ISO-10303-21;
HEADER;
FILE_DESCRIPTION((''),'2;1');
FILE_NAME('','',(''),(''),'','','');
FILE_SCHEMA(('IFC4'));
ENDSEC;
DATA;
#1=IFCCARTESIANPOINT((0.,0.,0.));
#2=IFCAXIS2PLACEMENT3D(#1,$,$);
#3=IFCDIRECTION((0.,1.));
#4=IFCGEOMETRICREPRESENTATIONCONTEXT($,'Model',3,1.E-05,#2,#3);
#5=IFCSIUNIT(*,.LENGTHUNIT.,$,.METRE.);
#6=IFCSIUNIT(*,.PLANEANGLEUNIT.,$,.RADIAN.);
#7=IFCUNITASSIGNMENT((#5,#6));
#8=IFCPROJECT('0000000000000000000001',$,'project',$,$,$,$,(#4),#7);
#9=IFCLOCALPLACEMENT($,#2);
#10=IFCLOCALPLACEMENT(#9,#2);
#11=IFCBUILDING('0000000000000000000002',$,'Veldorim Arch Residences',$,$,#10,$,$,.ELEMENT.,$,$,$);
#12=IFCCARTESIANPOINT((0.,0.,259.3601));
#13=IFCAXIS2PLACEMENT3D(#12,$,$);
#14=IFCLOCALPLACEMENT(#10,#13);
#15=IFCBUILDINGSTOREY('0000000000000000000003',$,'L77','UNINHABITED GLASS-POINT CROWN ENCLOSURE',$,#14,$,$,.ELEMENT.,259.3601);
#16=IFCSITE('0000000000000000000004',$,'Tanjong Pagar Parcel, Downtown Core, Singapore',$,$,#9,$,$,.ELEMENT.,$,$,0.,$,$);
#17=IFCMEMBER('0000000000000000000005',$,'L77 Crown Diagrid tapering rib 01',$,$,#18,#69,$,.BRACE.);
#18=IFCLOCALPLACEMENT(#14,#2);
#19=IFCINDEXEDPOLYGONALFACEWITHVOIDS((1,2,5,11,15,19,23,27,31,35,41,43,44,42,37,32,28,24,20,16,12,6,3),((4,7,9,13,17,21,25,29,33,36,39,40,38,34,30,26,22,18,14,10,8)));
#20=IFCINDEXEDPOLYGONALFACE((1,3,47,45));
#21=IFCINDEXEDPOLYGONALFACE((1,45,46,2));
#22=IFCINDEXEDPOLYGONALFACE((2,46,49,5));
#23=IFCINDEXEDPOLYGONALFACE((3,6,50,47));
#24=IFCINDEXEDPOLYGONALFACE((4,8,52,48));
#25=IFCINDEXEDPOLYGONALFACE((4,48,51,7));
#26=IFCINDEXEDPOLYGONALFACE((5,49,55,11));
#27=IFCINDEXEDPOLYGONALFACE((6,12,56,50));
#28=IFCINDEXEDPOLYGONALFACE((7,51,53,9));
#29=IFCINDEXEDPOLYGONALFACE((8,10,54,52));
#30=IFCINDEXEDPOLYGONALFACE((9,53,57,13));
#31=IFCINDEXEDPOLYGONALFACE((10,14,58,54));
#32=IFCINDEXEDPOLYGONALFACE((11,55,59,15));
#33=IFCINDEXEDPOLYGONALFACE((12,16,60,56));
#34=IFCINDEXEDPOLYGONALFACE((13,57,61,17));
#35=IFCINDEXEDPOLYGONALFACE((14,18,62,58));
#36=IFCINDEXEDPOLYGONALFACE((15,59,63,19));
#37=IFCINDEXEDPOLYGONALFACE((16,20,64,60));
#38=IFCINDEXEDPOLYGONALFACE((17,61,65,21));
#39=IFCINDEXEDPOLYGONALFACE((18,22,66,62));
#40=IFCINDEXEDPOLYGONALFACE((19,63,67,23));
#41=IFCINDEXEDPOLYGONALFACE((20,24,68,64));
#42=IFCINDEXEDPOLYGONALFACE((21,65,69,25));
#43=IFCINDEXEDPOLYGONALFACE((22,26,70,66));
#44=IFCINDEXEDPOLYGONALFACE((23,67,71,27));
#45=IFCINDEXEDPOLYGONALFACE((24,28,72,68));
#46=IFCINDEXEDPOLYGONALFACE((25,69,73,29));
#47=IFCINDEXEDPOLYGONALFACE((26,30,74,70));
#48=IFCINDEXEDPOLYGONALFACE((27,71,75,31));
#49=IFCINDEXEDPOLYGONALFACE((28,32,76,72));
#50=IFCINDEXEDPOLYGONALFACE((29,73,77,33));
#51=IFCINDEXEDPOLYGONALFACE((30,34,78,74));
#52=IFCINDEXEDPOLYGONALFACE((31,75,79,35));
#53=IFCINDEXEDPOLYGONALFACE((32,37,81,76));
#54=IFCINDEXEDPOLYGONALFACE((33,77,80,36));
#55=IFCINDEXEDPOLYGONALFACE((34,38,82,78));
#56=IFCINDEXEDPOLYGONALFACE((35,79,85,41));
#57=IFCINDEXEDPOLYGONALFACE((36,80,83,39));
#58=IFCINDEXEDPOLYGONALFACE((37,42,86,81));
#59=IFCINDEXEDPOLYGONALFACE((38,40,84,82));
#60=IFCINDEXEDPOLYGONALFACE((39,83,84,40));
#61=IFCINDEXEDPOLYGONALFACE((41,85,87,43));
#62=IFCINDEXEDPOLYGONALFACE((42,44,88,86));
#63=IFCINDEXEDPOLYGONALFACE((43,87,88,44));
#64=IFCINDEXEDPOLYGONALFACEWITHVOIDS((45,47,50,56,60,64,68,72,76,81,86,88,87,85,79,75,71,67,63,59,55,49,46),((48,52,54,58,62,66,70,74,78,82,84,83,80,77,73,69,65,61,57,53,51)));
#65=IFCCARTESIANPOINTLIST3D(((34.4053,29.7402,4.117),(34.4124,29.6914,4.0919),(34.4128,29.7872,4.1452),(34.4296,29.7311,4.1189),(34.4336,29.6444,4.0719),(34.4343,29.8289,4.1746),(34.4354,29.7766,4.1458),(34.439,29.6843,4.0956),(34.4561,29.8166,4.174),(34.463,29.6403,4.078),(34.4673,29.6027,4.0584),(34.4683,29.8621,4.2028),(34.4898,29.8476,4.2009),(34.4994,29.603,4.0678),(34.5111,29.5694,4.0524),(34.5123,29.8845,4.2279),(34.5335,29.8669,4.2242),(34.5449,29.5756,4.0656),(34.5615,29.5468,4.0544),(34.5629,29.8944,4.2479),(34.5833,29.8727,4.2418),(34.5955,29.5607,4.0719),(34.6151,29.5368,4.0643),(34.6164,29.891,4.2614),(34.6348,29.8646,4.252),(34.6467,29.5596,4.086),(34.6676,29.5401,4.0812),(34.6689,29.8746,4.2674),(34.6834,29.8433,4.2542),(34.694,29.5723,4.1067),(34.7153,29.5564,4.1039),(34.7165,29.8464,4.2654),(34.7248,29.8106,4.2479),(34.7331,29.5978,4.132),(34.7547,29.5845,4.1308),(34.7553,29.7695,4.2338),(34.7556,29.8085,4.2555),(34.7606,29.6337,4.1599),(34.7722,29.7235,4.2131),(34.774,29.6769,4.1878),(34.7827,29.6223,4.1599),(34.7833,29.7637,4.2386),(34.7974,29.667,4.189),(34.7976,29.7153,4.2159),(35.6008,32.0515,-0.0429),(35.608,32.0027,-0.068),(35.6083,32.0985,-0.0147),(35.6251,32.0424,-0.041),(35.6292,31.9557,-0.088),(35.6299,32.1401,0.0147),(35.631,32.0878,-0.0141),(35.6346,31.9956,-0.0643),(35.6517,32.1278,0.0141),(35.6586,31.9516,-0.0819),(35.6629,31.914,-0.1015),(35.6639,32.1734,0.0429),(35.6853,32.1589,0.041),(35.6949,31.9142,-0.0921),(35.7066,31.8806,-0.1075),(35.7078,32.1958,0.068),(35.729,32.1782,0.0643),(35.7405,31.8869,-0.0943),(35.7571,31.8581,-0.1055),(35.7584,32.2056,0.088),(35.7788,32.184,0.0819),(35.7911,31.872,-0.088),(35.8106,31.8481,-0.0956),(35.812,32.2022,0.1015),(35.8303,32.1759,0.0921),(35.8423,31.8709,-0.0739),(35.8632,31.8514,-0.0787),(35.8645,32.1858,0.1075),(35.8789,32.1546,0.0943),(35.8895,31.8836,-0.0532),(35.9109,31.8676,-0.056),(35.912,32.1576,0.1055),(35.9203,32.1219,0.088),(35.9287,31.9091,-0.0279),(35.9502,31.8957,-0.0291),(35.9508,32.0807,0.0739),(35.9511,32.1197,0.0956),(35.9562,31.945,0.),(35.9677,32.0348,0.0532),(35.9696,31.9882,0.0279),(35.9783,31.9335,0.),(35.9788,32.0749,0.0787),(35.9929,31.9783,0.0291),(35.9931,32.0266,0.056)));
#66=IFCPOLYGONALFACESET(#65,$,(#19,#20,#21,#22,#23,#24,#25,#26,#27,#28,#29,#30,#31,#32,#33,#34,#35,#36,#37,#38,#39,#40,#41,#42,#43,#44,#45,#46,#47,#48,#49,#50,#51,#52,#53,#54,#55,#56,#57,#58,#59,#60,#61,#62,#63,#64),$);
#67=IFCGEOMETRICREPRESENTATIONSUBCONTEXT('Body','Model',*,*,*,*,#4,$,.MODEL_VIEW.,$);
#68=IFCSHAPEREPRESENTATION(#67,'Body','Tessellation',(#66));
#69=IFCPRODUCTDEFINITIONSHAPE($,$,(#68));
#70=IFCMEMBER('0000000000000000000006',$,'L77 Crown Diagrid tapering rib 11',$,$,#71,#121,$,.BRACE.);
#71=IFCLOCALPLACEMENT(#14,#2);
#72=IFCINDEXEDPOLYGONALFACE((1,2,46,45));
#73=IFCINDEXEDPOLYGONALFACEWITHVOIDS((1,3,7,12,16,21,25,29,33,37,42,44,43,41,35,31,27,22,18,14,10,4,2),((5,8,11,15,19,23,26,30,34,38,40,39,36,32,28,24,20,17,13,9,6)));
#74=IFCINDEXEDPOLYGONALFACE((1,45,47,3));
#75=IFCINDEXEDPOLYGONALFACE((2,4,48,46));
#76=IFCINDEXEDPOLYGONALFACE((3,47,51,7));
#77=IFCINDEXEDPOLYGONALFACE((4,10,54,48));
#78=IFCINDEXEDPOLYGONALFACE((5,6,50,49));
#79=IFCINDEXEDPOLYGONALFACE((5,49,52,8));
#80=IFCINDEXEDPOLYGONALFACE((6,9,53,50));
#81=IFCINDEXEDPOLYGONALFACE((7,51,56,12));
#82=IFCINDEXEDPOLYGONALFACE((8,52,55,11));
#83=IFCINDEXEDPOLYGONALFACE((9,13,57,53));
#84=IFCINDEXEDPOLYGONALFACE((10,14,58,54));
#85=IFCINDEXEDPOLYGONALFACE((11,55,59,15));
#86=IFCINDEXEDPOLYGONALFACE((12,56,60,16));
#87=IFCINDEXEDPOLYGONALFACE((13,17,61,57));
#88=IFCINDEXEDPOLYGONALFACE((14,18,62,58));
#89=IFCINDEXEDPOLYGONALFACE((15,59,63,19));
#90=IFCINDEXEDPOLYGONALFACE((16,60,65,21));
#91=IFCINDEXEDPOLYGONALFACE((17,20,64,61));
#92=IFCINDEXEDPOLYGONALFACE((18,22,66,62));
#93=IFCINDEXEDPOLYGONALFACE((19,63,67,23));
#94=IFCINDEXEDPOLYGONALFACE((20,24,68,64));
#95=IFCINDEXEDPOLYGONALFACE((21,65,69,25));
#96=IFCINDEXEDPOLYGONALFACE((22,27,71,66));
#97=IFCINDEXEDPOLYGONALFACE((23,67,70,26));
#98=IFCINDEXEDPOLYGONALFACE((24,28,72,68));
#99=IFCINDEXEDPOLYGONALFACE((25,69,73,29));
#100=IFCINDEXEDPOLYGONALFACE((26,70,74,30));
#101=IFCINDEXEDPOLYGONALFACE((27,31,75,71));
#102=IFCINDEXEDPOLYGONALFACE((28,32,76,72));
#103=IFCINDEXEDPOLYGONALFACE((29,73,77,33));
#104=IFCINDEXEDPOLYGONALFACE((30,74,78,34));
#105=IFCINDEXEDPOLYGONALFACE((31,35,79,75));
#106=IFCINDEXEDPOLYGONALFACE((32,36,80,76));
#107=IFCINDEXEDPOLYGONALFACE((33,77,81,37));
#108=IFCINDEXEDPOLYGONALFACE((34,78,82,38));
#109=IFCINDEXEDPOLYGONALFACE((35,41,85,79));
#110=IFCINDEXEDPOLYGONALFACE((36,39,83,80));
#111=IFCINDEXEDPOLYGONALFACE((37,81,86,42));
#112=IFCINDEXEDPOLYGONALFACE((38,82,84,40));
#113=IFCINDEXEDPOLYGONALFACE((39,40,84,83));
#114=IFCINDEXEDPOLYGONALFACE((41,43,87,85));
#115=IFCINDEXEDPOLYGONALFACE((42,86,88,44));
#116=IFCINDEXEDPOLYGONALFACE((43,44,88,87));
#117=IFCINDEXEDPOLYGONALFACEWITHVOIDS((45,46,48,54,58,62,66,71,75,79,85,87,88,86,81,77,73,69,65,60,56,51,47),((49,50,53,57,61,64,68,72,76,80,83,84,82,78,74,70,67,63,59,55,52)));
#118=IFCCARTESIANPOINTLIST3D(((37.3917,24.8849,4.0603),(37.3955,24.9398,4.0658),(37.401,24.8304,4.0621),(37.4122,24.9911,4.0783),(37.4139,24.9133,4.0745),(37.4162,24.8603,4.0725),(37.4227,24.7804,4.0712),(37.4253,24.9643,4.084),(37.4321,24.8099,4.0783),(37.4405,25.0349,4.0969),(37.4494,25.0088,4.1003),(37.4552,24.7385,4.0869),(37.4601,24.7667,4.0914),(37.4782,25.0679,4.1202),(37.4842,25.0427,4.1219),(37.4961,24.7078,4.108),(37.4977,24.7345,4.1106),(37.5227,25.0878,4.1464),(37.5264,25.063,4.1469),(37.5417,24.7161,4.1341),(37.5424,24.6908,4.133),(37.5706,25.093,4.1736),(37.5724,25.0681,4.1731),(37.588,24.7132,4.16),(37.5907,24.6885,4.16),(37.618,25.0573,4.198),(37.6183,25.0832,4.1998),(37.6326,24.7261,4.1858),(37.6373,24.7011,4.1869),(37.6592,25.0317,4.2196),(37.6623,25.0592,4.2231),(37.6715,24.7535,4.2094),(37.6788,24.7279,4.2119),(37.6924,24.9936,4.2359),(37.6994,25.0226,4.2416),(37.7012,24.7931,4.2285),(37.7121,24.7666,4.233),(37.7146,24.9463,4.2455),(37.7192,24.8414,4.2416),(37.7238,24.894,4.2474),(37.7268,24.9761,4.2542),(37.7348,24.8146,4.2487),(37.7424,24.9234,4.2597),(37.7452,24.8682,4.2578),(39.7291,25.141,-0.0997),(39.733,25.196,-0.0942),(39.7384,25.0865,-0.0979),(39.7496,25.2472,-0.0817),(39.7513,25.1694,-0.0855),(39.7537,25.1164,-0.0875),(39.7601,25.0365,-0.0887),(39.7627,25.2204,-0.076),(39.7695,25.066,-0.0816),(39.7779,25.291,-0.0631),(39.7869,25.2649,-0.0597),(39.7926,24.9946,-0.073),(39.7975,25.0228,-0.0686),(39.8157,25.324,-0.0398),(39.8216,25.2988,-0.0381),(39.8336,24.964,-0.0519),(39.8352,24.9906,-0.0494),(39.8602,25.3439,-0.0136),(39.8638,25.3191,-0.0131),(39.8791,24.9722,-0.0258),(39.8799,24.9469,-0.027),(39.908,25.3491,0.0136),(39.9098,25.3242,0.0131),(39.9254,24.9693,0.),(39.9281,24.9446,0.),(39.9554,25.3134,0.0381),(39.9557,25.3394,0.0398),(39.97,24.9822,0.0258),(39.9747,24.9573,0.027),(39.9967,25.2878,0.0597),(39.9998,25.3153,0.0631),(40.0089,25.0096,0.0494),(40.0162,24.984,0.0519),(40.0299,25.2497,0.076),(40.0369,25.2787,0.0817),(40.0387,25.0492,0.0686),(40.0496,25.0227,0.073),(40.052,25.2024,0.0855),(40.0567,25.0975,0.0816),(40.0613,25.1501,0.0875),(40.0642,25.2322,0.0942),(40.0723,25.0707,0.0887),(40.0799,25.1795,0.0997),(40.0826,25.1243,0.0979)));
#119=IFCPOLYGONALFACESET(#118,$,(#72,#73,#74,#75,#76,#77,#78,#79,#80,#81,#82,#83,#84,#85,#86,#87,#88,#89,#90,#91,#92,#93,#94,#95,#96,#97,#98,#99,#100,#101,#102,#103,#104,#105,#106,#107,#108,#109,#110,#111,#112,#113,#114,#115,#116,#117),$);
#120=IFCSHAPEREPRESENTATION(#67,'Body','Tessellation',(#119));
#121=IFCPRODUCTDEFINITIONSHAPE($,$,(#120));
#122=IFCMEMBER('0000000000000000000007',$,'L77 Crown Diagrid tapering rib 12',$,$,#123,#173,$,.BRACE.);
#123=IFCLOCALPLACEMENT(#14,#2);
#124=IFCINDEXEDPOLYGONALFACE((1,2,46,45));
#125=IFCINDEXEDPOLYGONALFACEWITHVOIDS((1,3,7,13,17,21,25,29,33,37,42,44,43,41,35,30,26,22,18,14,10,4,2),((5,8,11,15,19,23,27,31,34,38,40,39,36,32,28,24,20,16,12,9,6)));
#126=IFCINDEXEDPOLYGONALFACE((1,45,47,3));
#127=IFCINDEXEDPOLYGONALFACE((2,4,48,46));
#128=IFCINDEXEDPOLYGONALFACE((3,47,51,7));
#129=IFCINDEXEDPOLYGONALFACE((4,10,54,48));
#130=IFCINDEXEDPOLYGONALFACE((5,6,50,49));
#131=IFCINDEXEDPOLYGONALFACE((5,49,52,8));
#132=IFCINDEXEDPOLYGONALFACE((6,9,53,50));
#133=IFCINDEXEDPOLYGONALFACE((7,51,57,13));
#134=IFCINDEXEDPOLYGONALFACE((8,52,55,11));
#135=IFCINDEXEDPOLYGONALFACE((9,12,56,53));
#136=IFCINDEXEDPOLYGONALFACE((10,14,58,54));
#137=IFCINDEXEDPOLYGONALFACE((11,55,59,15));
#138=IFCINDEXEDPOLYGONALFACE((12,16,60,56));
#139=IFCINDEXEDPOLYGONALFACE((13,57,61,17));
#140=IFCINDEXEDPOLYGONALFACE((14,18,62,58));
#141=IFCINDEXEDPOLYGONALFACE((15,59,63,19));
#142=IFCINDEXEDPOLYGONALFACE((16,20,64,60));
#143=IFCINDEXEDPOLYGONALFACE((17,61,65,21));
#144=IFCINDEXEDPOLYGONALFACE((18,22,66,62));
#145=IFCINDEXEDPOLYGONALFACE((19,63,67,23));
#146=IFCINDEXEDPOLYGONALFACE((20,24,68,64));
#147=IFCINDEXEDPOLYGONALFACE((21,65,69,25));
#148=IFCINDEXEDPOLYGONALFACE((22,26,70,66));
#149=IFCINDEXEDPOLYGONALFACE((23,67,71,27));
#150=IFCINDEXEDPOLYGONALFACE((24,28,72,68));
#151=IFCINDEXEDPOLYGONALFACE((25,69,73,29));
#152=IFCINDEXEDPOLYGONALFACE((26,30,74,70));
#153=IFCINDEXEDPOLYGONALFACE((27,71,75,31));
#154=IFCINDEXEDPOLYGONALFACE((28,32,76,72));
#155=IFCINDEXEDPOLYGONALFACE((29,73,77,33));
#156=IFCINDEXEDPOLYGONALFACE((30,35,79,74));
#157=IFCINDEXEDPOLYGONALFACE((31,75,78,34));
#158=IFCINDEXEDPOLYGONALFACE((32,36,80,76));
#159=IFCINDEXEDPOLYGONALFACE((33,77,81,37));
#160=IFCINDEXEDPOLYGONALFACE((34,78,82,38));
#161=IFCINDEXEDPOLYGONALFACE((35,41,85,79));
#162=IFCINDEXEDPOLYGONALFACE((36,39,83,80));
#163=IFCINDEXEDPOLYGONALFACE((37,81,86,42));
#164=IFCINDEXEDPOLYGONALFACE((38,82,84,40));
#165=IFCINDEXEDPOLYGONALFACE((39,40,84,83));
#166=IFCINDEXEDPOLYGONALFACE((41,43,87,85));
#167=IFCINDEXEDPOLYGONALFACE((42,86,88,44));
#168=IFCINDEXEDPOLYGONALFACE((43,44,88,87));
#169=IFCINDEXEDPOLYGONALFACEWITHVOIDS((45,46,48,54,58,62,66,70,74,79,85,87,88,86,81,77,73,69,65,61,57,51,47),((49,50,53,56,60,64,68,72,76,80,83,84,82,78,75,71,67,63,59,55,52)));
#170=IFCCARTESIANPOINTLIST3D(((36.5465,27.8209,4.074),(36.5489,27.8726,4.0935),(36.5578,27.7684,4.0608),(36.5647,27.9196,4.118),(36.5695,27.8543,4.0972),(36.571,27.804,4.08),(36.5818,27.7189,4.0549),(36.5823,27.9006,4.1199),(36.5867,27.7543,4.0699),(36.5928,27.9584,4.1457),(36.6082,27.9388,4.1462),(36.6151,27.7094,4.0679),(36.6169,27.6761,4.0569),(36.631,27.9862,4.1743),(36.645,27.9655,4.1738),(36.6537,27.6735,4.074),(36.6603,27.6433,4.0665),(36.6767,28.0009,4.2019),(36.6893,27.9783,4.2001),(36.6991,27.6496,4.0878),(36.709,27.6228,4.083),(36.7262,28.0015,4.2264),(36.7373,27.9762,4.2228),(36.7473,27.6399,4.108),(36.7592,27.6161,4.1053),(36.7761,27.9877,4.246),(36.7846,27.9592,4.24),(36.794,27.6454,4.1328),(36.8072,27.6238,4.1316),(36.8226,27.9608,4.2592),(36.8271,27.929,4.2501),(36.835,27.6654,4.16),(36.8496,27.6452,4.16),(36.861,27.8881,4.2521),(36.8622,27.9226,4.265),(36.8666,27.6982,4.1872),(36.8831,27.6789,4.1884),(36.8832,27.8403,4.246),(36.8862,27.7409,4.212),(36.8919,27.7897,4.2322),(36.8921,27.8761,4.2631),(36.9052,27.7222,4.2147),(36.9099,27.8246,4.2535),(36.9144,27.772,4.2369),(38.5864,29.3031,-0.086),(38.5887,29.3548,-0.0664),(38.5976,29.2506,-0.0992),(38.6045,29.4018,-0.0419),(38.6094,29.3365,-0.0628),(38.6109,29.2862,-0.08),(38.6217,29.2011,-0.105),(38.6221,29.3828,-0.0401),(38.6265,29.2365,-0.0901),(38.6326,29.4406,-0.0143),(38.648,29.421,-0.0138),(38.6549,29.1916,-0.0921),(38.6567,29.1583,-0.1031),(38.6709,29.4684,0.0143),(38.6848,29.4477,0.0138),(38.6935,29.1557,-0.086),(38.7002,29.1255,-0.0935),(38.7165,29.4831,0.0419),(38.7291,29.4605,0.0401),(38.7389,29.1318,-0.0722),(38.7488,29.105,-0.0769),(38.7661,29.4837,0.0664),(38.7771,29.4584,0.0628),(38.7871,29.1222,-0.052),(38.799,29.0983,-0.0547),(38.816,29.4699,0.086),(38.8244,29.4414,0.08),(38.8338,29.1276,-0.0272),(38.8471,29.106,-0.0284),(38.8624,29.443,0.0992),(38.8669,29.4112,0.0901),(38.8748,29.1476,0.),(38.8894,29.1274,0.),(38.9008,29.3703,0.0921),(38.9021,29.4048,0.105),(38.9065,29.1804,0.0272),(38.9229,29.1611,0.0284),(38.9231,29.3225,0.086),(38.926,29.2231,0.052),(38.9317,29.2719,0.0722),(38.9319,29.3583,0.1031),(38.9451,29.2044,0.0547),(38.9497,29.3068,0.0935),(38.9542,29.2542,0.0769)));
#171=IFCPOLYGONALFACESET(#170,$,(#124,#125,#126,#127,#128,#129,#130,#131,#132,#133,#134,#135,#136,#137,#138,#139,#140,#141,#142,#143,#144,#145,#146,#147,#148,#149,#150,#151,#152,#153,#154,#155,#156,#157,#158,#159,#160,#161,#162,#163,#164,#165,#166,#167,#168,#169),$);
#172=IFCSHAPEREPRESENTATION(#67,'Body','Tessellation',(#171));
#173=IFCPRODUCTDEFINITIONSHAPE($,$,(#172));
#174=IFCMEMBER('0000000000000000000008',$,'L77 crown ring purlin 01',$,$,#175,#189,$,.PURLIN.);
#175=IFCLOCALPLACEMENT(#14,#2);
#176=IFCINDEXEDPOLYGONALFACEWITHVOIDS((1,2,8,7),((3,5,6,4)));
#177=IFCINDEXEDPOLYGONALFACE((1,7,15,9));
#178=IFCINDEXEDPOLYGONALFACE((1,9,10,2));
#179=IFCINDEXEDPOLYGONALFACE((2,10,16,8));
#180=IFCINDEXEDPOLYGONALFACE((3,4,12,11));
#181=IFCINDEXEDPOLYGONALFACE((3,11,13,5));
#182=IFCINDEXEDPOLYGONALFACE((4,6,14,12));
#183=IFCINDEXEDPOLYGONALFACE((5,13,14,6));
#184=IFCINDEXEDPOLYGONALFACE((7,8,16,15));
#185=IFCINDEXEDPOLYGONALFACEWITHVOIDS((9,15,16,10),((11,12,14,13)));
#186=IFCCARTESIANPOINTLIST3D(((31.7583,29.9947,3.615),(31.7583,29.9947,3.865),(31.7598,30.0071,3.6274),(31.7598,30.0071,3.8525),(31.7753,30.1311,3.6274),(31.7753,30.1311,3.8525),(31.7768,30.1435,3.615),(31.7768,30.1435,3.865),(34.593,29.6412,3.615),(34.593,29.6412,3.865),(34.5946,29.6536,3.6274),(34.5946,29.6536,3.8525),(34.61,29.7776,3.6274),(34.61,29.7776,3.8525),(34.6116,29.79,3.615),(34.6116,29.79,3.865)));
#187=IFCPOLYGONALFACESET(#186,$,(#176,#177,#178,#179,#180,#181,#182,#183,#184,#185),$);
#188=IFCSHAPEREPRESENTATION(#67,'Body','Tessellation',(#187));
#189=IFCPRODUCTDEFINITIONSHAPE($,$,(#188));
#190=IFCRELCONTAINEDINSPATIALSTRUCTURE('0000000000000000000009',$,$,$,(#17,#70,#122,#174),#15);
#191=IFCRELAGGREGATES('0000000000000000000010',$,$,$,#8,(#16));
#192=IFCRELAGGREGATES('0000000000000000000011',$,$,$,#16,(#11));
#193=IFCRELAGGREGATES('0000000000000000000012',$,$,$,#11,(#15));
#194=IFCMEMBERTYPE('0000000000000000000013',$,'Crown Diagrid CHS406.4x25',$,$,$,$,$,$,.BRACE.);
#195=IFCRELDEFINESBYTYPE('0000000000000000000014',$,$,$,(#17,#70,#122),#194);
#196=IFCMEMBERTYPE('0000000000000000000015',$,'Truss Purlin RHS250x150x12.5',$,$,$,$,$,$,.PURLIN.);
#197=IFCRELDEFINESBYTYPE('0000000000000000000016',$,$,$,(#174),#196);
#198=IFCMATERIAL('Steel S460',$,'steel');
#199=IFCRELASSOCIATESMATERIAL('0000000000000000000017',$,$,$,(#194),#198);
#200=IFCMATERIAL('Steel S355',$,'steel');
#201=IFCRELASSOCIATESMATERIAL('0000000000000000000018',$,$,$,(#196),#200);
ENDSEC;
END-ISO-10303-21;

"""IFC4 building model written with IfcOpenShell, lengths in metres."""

from ifc_helpers import new_model, si_unit, direction, frame, origin, origin_2d, place, context, subcontext, project, spatial, hollow_rectangle, hollow_circle, extrude, material, material_profile, profile_set, type_object, element, save


model = new_model("IFC4")

# Units and contexts
model_context = context("Model", 3, precision=1e-05, world=origin(), true_north=direction((0.0, 1.0)))
body_context = subcontext(model_context, "Body", "Model", "MODEL_VIEW")
ifc_project = project(units=[si_unit("LENGTHUNIT", "METRE"), si_unit("PLANEANGLEUNIT", "RADIAN")], contexts=[model_context])

# Site, building, storey
site_placement = place(None, origin())
site = spatial("IfcSite", under=ifc_project, at=site_placement, Name="Tanjong Pagar Parcel, Downtown Core, Singapore", CompositionType="ELEMENT", RefElevation=0.0)
building_placement = place(site_placement, origin())
building = spatial("IfcBuilding", under=site, at=building_placement, Name="Veldorim Arch Residences", CompositionType="ELEMENT")
storey_placement = place(building_placement, frame((0.0, 0.0, 259.3601)))
storey = spatial("IfcBuildingStorey", under=building, at=storey_placement, Name="L77", Description="UNINHABITED GLASS-POINT CROWN ENCLOSURE", CompositionType="ELEMENT", Elevation=259.3601)

# Members
ifc_material_1 = material(Name="Steel S460", Category="steel")
ifc_material_profile_1 = material_profile(ifc_material_1, hollow_circle(Radius=0.2031, WallThickness=0.0249, at=origin_2d()), Name="CHS406.4x25")
ifc_profile_set_1 = profile_set([ifc_material_profile_1], Name="Steel S460")
member_type_1 = type_object("IfcMemberType", Name="Crown Diagrid CHS406.4x25", PredefinedType="BRACE", material=ifc_profile_set_1)
member_1_placement = place(storey_placement, frame((35.7979, 32.0269, 0.0), z_axis=(-0.243655, -0.47104, 0.847793), x_axis=(0.888207, -0.459443, 0.0)))
element("IfcMember", 1, at=member_1_placement, inside=storey, type_object=member_type_1, Name="L77 Crown Diagrid tapering rib 01", PredefinedType="BRACE", context=body_context, shape_type="SweptSolid", body=[
    extrude(hollow_circle(Radius=0.2031, WallThickness=0.0249, at=origin_2d()), origin(), (0.0, 0.0, 1.0), 4.9067),
])
member_2_placement = place(storey_placement, frame((39.906, 25.1465, 0.0), z_axis=(-0.489151, -0.053595, 0.870551), x_axis=(0.108916, -0.994051, 0.0)))
element("IfcMember", 2, at=member_2_placement, inside=storey, type_object=member_type_1, Name="L77 Crown Diagrid tapering rib 11", PredefinedType="BRACE", context=body_context, shape_type="SweptSolid", body=[
    extrude(hollow_circle(Radius=0.2031, WallThickness=0.0249, at=origin_2d()), origin(), (0.0, 0.0, 1.0), 4.7786),
])
member_3_placement = place(storey_placement, frame((38.77, 29.2917, 0.0), z_axis=(-0.41933, -0.304698, 0.855173), x_axis=(0.587832, -0.808983, 0.0)))
element("IfcMember", 3, at=member_3_placement, inside=storey, type_object=member_type_1, Name="L77 Crown Diagrid tapering rib 12", PredefinedType="BRACE", context=body_context, shape_type="SweptSolid", body=[
    extrude(hollow_circle(Radius=0.2031, WallThickness=0.0249, at=origin_2d()), origin(), (0.0, 0.0, 1.0), 4.8645),
])
ifc_material_2 = material(Name="Steel S355", Category="steel")
ifc_material_profile_2 = material_profile(ifc_material_2, hollow_rectangle(XDim=0.1499, YDim=0.25, WallThickness=0.0125, at=origin_2d()), Name="RHS250x150x12.5")
ifc_profile_set_2 = profile_set([ifc_material_profile_2], Name="Steel S355")
member_type_2 = type_object("IfcMemberType", Name="Truss Purlin RHS250x150x12.5", PredefinedType="PURLIN", material=ifc_profile_set_2)
member_4_placement = place(storey_placement, frame((34.6023, 29.7156, 3.74), z_axis=(-0.992313, 0.123751, 0.0), x_axis=(-0.123751, -0.992313, 0.0)))
element("IfcMember", 4, at=member_4_placement, inside=storey, type_object=member_type_2, Name="L77 crown ring purlin 01", PredefinedType="PURLIN", context=body_context, shape_type="SweptSolid", body=[
    extrude(hollow_rectangle(XDim=0.1499, YDim=0.25, WallThickness=0.0125, at=origin_2d()), origin(), (0.0, 0.0, 1.0), 2.8567),
])

save(model, "model.ifc")
